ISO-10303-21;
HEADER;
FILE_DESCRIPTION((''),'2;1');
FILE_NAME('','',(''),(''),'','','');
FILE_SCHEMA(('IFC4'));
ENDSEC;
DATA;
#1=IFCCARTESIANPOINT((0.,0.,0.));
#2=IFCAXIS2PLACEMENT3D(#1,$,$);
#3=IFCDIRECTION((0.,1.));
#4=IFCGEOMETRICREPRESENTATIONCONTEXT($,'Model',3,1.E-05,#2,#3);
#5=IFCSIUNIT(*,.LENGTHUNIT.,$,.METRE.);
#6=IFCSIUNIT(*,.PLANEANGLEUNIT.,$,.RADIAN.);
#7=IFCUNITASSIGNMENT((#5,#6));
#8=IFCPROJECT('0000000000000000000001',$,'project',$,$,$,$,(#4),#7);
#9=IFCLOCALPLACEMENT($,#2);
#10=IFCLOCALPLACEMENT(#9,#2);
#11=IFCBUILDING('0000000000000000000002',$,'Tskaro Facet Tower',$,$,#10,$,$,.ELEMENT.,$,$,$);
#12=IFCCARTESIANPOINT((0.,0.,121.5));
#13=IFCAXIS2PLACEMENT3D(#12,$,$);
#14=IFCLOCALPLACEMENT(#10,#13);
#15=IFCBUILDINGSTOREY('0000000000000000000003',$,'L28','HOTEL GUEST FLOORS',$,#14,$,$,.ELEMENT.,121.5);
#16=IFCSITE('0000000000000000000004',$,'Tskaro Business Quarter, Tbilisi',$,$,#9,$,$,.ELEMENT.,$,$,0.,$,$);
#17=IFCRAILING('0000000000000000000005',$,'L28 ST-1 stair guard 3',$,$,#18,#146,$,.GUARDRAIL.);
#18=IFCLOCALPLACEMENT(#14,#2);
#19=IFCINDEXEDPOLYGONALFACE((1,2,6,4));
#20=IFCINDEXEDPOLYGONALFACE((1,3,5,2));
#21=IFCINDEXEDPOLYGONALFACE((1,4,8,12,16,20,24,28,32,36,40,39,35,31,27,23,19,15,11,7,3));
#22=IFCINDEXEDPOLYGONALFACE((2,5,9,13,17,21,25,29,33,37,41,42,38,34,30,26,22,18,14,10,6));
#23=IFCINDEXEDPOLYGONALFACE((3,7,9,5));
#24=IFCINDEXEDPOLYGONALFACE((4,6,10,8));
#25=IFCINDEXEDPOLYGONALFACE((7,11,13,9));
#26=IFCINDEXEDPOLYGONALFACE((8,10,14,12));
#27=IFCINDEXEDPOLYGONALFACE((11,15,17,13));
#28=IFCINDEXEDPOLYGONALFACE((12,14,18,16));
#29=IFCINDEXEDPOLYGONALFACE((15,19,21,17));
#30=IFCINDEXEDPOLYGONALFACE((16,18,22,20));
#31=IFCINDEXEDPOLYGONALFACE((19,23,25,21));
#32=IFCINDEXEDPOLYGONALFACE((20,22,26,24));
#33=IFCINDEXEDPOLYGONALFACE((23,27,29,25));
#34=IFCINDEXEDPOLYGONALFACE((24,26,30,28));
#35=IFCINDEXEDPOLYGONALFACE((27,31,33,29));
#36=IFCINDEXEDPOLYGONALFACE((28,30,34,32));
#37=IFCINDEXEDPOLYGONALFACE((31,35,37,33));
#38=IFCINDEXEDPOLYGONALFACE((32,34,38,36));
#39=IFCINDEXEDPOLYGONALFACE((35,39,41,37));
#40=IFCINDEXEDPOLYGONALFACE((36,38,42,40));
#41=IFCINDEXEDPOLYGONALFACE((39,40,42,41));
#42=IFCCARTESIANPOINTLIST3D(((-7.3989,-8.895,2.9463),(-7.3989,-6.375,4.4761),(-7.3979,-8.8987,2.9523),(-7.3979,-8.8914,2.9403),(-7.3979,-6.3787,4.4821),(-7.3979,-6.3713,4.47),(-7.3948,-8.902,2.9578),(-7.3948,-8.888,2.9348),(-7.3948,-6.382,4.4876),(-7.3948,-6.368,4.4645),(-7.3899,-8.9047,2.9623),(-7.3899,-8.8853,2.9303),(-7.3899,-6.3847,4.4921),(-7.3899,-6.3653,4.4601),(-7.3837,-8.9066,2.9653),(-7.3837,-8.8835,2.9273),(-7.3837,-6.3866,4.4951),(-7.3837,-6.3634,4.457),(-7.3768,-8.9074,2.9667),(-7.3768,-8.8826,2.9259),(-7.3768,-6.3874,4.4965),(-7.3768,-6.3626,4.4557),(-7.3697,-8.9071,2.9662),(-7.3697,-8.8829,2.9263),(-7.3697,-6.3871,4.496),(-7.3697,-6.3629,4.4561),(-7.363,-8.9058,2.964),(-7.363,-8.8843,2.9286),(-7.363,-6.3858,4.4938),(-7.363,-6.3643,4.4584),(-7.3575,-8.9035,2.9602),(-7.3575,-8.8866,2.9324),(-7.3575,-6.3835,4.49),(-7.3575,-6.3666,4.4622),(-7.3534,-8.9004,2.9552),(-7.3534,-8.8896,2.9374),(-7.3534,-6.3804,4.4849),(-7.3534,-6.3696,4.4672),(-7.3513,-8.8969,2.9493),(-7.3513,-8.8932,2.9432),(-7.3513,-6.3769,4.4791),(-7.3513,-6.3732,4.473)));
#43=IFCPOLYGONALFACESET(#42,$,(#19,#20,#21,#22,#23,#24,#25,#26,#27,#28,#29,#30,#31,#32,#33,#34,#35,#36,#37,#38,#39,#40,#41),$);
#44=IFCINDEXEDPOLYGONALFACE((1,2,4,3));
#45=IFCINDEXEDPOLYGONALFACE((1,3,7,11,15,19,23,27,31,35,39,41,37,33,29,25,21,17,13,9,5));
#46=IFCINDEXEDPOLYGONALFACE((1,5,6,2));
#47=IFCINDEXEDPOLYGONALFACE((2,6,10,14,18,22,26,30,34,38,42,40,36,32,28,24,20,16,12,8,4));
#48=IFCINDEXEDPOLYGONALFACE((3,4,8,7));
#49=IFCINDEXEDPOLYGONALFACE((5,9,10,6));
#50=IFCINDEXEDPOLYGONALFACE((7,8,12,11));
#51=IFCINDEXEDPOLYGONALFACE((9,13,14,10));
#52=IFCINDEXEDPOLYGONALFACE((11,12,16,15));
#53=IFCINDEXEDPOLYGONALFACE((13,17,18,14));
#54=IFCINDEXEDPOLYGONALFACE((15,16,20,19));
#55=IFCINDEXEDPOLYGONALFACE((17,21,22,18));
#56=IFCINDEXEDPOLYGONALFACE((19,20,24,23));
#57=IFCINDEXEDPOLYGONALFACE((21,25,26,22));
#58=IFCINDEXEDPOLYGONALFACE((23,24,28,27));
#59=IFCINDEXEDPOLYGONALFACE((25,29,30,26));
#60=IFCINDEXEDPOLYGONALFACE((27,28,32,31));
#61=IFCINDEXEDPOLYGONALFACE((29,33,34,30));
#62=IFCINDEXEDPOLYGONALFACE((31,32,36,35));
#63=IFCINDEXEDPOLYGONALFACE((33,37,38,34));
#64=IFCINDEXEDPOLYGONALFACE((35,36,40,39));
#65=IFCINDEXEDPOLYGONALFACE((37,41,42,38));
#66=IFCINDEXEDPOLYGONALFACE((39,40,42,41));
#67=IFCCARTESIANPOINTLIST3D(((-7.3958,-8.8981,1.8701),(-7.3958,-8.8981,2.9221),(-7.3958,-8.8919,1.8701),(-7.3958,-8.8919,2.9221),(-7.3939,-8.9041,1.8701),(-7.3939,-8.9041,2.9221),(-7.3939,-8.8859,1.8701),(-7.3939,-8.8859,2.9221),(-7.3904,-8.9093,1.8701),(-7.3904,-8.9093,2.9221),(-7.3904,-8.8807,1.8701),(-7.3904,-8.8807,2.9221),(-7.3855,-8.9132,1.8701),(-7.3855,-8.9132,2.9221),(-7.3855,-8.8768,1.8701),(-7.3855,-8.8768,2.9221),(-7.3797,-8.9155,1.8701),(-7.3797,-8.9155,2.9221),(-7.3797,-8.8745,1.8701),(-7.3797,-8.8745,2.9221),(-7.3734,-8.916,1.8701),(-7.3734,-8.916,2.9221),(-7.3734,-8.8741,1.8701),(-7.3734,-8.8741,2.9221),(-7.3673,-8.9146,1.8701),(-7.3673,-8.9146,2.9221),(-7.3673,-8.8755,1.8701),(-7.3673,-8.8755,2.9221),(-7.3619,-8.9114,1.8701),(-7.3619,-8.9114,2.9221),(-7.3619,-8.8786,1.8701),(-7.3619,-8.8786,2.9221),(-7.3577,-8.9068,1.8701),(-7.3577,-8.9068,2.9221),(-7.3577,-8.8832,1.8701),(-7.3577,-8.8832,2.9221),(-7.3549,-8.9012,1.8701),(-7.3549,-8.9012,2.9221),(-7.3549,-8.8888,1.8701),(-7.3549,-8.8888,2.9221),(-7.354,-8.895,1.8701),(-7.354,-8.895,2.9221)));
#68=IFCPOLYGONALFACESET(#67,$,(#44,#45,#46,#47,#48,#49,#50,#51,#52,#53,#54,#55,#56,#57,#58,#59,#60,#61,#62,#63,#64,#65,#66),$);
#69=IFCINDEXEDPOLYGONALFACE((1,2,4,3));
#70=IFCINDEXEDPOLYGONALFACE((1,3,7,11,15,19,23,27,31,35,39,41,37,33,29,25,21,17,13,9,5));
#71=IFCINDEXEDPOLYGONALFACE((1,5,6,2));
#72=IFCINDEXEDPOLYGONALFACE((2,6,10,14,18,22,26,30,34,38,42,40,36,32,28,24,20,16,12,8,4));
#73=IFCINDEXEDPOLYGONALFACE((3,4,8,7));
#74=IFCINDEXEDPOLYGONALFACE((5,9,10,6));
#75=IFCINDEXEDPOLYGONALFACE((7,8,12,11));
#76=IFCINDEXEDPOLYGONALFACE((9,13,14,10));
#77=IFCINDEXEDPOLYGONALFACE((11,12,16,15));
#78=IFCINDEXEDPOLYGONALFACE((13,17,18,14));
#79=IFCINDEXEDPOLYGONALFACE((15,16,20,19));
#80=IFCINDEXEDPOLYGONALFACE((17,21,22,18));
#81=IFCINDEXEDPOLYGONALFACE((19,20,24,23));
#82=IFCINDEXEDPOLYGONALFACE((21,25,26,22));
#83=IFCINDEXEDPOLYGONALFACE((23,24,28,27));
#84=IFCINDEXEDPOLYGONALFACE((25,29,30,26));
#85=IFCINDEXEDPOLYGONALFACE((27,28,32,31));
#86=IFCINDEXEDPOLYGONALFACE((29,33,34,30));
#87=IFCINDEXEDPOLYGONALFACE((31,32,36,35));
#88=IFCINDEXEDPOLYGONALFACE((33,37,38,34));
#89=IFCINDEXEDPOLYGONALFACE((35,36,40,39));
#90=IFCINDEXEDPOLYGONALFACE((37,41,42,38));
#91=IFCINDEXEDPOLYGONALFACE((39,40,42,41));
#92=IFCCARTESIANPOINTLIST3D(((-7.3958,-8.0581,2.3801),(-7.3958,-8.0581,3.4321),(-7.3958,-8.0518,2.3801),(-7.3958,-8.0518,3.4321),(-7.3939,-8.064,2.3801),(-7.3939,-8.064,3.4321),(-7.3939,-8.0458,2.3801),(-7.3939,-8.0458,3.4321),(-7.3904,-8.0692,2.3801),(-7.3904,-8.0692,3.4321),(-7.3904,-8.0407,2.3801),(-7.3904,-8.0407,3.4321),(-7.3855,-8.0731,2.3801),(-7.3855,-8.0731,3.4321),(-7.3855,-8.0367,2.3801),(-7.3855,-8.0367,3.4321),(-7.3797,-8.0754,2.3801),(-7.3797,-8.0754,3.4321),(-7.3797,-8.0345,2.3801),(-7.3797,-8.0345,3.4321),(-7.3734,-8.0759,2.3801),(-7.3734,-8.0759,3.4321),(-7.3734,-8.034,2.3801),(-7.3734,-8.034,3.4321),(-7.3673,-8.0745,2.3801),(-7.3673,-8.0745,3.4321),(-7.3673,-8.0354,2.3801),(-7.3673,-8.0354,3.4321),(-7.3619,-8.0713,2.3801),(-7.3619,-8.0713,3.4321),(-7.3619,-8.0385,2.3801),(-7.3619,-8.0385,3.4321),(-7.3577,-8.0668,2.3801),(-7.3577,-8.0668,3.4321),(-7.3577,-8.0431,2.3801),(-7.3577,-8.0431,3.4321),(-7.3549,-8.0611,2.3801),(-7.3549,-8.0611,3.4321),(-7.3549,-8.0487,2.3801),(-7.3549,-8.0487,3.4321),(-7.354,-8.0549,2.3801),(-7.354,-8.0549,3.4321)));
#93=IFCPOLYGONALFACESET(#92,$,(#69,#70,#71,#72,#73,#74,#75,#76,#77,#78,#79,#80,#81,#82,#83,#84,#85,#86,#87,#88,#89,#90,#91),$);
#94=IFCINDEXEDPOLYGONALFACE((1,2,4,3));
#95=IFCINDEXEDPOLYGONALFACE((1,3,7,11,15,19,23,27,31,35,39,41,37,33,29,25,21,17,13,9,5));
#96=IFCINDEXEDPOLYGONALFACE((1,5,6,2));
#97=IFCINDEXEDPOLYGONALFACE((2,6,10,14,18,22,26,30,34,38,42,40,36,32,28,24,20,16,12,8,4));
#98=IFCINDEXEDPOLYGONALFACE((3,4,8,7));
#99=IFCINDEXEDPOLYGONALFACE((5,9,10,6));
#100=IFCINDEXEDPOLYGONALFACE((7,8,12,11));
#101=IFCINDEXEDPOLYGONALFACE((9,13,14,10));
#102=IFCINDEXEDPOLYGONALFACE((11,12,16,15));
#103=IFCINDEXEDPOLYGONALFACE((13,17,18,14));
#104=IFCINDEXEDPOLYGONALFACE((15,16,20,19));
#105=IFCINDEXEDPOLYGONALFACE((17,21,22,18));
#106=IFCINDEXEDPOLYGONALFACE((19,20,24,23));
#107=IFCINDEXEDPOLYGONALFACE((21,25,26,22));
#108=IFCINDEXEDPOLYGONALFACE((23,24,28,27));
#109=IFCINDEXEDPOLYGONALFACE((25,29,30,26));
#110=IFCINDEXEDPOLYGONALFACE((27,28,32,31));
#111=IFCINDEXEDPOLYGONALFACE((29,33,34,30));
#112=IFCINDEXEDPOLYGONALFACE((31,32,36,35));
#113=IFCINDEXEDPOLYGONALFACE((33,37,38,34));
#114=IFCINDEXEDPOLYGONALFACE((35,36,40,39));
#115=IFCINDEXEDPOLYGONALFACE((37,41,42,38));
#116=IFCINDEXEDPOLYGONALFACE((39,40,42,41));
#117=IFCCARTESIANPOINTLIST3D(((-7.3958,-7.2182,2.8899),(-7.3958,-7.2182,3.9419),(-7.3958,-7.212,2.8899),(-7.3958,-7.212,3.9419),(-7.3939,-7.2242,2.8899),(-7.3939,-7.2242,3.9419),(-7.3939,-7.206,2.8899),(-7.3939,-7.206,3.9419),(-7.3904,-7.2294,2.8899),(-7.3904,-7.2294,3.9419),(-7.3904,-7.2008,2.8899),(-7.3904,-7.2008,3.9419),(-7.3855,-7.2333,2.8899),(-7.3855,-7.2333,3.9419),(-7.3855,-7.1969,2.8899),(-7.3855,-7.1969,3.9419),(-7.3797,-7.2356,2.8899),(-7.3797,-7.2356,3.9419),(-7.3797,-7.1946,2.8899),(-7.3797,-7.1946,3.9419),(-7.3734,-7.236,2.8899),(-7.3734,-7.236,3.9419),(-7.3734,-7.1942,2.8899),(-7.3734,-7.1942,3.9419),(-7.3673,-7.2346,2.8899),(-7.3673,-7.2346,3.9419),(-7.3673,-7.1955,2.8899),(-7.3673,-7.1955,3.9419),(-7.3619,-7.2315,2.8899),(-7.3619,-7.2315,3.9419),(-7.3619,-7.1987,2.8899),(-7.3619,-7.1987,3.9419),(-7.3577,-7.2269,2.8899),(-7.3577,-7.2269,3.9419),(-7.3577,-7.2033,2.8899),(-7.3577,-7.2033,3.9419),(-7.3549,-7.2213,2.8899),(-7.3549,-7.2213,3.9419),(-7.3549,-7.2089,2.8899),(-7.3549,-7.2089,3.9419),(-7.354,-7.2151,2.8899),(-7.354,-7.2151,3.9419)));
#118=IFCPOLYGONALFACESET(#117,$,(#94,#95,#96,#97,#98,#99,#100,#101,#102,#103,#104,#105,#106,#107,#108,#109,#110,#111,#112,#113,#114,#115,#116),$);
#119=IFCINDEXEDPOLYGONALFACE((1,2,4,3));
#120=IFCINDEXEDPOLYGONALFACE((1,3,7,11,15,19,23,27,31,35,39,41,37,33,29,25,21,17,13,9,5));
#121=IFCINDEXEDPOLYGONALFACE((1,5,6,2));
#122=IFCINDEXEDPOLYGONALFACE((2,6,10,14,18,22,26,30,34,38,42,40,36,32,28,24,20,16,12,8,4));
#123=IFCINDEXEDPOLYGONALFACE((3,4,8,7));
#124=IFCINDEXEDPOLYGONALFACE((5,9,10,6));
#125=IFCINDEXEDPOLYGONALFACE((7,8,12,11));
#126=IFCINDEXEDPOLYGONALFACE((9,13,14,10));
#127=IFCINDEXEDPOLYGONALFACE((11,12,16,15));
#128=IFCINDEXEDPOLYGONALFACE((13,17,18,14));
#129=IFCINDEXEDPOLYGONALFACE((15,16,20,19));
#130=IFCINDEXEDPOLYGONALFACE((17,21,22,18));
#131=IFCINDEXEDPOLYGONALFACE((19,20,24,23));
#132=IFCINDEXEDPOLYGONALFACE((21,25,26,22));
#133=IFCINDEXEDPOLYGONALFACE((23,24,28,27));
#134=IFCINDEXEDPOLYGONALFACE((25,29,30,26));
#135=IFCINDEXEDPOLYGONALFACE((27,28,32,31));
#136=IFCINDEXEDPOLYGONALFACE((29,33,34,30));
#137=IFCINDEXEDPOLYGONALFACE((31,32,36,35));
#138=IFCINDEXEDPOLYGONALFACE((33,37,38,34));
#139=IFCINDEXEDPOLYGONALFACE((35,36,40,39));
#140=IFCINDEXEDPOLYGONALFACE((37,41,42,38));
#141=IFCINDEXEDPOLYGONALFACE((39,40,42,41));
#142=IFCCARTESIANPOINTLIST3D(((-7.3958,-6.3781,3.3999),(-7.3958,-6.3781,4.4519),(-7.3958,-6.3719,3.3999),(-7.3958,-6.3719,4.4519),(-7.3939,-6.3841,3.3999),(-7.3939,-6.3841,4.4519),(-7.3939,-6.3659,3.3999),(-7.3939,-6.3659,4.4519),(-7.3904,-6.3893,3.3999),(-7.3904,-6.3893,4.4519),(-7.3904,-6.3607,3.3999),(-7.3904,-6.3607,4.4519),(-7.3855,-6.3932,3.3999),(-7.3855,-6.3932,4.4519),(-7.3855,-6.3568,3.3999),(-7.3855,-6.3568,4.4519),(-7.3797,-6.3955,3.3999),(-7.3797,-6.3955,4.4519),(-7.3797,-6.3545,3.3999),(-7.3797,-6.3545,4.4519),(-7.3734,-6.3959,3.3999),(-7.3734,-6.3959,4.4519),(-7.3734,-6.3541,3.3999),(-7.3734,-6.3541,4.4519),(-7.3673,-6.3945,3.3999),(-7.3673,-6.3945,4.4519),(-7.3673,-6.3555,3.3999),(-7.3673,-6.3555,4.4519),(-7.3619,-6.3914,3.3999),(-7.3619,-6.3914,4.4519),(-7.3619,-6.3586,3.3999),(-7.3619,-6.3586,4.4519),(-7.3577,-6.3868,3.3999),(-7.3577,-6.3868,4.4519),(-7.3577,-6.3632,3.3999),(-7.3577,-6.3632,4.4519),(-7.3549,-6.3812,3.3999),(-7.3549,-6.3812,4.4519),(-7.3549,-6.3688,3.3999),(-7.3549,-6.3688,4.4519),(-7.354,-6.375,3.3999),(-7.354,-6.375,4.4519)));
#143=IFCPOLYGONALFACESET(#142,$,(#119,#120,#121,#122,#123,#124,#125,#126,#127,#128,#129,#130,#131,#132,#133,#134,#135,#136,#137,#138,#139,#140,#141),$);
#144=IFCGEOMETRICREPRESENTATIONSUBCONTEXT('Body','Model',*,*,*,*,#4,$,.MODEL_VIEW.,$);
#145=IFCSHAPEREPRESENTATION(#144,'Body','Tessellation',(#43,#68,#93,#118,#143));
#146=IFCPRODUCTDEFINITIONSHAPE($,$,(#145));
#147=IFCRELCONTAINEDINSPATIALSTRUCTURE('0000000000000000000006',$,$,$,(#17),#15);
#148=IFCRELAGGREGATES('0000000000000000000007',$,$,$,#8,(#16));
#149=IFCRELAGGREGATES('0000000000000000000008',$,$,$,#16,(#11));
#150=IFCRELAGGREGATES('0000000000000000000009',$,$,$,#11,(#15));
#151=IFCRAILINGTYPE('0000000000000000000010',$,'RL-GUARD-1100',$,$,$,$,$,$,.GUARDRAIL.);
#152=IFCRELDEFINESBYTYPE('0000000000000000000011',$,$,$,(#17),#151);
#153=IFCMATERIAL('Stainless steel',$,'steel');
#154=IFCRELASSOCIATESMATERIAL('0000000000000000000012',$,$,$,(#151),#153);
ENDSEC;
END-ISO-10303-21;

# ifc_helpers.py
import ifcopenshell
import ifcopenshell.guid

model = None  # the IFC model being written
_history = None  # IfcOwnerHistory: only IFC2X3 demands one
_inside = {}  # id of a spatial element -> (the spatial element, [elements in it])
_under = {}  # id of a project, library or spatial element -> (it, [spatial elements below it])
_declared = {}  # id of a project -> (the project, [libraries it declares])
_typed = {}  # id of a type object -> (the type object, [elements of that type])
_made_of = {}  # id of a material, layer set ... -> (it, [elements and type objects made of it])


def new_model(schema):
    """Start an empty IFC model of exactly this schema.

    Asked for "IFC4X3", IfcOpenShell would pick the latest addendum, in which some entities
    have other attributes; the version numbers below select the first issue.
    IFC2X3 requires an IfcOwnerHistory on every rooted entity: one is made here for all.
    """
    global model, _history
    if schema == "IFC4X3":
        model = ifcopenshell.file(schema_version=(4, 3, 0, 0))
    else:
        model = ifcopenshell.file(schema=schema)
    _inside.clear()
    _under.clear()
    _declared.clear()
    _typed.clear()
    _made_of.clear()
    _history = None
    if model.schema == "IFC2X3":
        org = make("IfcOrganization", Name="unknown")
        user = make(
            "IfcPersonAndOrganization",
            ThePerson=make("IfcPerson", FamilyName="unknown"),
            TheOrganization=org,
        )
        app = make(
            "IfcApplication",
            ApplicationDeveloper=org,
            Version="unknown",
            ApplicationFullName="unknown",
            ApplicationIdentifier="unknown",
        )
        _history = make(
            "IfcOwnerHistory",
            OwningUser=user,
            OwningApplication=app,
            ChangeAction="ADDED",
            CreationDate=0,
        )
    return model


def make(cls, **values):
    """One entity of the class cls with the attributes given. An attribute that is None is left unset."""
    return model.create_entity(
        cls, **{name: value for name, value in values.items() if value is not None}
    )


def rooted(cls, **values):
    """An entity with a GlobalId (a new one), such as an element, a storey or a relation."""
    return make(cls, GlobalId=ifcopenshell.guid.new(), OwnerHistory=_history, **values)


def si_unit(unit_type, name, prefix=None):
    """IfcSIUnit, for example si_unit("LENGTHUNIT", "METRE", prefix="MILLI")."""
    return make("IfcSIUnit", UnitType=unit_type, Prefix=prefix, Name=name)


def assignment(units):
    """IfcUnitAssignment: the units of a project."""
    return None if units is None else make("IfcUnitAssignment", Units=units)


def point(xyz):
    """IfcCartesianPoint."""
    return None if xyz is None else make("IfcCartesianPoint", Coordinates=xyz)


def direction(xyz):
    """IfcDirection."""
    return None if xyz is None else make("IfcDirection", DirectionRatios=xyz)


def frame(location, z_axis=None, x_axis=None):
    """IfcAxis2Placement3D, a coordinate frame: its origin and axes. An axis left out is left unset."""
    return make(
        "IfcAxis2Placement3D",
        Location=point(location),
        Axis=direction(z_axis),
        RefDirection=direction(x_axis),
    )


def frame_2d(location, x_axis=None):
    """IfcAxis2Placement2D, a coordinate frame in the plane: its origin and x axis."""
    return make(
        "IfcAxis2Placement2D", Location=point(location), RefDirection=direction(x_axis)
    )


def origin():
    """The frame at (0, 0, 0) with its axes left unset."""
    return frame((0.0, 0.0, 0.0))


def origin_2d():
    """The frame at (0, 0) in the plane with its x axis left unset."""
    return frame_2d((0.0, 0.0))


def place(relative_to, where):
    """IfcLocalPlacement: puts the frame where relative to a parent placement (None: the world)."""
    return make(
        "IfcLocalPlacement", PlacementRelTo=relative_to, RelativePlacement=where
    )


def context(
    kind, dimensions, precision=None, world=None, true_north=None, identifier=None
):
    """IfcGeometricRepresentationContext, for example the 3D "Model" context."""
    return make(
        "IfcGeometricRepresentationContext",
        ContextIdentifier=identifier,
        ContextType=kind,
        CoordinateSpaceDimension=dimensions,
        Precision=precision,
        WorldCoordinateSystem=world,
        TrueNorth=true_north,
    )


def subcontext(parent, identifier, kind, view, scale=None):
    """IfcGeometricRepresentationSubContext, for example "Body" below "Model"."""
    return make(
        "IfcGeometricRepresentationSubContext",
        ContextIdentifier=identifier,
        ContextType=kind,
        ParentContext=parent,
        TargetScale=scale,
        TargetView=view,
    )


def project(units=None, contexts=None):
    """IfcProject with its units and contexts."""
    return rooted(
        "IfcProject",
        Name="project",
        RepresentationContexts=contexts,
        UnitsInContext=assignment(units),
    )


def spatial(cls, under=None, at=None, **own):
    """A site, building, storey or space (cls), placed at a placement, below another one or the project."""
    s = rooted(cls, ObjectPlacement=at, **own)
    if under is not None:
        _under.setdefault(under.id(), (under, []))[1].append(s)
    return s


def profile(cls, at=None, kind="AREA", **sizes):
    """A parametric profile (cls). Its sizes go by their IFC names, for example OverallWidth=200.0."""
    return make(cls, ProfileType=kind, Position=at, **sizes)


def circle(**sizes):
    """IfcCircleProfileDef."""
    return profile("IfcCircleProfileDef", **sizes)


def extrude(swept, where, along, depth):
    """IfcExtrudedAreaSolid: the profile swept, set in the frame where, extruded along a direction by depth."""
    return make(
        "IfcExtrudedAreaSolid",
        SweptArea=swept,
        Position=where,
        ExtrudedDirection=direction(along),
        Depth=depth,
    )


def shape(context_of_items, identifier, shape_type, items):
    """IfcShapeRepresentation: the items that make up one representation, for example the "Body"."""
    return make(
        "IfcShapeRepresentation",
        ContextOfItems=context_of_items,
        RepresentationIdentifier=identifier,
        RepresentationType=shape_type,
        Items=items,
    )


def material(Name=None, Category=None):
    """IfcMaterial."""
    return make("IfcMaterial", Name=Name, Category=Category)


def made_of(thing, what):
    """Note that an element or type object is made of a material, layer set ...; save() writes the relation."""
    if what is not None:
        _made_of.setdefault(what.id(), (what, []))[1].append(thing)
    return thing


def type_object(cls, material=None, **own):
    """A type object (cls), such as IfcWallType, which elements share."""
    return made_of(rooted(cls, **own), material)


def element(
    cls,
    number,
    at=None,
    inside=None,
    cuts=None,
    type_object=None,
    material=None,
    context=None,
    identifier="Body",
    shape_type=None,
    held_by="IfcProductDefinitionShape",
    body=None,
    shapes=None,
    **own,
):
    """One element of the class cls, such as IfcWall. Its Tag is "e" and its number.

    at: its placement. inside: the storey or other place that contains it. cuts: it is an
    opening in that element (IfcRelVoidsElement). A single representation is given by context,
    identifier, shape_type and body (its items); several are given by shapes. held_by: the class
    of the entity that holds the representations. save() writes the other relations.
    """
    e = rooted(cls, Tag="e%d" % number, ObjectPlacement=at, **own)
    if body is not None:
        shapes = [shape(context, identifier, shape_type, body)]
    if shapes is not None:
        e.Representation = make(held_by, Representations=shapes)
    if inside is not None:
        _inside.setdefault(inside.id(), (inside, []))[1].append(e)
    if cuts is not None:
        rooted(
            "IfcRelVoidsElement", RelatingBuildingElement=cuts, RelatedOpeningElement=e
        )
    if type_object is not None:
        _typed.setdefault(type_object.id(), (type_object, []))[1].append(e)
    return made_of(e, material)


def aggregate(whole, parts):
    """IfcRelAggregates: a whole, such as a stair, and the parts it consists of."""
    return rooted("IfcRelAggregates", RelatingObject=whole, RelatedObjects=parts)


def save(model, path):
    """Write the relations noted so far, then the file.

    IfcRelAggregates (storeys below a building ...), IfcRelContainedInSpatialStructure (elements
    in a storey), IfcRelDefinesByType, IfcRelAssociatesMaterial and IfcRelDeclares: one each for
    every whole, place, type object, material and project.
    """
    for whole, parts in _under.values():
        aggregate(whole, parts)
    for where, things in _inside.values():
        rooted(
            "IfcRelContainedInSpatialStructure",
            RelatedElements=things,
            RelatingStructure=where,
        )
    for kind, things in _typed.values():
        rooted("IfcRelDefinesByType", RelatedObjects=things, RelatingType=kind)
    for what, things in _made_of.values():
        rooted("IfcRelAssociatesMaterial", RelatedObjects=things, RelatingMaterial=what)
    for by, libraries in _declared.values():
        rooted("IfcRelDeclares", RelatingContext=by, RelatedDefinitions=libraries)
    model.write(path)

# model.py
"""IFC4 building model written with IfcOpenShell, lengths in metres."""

from ifc_helpers import new_model, si_unit, direction, frame, origin, origin_2d, place, context, subcontext, project, spatial, circle, extrude, material, type_object, element, save


model = new_model("IFC4")

# Units and contexts
model_context = context("Model", 3, precision=1e-05, world=origin(), true_north=direction((0.0, 1.0)))
body_context = subcontext(model_context, "Body", "Model", "MODEL_VIEW")
ifc_project = project(units=[si_unit("LENGTHUNIT", "METRE"), si_unit("PLANEANGLEUNIT", "RADIAN")], contexts=[model_context])

# Site, building, storey
site_placement = place(None, origin())
site = spatial("IfcSite", under=ifc_project, at=site_placement, Name="Tskaro Business Quarter, Tbilisi", CompositionType="ELEMENT", RefElevation=0.0)
building_placement = place(site_placement, origin())
building = spatial("IfcBuilding", under=site, at=building_placement, Name="Tskaro Facet Tower", CompositionType="ELEMENT")
storey_placement = place(building_placement, frame((0.0, 0.0, 121.5)))
storey = spatial("IfcBuildingStorey", under=building, at=storey_placement, Name="L28", Description="HOTEL GUEST FLOORS", CompositionType="ELEMENT", Elevation=121.5)

# Shared definitions
ifc_material_1 = material(Name="Stainless steel", Category="steel")

# Railing
railing_type_1 = type_object("IfcRailingType", Name="RL-GUARD-1100", PredefinedType="GUARDRAIL", material=ifc_material_1)
railing_1_placement = place(storey_placement, frame((-7.375, -8.895, 1.8701)))
element("IfcRailing", 1, at=railing_1_placement, inside=storey, type_object=railing_type_1, Name="L28 ST-1 stair guard 3", PredefinedType="GUARDRAIL", context=body_context, shape_type="SweptSolid", body=[
    extrude(circle(Radius=0.0239, at=origin_2d()), frame((0.0, 0.0, 1.0762), z_axis=(0.0, 0.854822, 0.518922), x_axis=(-1.0, 0.0, 0.0)), (0.0, 0.0, 1.0), 2.948),
    extrude(circle(Radius=0.021, at=origin_2d()), origin(), (0.0, 0.0, 1.0), 1.052),
    extrude(circle(Radius=0.021, at=origin_2d()), frame((0.0, 0.8401, 0.51)), (0.0, 0.0, 1.0), 1.052),
    extrude(circle(Radius=0.021, at=origin_2d()), frame((0.0, 1.6799, 1.0198)), (0.0, 0.0, 1.0), 1.052),
    extrude(circle(Radius=0.021, at=origin_2d()), frame((0.0, 2.52, 1.5298)), (0.0, 0.0, 1.0), 1.052),
])

save(model, "model.ifc")
